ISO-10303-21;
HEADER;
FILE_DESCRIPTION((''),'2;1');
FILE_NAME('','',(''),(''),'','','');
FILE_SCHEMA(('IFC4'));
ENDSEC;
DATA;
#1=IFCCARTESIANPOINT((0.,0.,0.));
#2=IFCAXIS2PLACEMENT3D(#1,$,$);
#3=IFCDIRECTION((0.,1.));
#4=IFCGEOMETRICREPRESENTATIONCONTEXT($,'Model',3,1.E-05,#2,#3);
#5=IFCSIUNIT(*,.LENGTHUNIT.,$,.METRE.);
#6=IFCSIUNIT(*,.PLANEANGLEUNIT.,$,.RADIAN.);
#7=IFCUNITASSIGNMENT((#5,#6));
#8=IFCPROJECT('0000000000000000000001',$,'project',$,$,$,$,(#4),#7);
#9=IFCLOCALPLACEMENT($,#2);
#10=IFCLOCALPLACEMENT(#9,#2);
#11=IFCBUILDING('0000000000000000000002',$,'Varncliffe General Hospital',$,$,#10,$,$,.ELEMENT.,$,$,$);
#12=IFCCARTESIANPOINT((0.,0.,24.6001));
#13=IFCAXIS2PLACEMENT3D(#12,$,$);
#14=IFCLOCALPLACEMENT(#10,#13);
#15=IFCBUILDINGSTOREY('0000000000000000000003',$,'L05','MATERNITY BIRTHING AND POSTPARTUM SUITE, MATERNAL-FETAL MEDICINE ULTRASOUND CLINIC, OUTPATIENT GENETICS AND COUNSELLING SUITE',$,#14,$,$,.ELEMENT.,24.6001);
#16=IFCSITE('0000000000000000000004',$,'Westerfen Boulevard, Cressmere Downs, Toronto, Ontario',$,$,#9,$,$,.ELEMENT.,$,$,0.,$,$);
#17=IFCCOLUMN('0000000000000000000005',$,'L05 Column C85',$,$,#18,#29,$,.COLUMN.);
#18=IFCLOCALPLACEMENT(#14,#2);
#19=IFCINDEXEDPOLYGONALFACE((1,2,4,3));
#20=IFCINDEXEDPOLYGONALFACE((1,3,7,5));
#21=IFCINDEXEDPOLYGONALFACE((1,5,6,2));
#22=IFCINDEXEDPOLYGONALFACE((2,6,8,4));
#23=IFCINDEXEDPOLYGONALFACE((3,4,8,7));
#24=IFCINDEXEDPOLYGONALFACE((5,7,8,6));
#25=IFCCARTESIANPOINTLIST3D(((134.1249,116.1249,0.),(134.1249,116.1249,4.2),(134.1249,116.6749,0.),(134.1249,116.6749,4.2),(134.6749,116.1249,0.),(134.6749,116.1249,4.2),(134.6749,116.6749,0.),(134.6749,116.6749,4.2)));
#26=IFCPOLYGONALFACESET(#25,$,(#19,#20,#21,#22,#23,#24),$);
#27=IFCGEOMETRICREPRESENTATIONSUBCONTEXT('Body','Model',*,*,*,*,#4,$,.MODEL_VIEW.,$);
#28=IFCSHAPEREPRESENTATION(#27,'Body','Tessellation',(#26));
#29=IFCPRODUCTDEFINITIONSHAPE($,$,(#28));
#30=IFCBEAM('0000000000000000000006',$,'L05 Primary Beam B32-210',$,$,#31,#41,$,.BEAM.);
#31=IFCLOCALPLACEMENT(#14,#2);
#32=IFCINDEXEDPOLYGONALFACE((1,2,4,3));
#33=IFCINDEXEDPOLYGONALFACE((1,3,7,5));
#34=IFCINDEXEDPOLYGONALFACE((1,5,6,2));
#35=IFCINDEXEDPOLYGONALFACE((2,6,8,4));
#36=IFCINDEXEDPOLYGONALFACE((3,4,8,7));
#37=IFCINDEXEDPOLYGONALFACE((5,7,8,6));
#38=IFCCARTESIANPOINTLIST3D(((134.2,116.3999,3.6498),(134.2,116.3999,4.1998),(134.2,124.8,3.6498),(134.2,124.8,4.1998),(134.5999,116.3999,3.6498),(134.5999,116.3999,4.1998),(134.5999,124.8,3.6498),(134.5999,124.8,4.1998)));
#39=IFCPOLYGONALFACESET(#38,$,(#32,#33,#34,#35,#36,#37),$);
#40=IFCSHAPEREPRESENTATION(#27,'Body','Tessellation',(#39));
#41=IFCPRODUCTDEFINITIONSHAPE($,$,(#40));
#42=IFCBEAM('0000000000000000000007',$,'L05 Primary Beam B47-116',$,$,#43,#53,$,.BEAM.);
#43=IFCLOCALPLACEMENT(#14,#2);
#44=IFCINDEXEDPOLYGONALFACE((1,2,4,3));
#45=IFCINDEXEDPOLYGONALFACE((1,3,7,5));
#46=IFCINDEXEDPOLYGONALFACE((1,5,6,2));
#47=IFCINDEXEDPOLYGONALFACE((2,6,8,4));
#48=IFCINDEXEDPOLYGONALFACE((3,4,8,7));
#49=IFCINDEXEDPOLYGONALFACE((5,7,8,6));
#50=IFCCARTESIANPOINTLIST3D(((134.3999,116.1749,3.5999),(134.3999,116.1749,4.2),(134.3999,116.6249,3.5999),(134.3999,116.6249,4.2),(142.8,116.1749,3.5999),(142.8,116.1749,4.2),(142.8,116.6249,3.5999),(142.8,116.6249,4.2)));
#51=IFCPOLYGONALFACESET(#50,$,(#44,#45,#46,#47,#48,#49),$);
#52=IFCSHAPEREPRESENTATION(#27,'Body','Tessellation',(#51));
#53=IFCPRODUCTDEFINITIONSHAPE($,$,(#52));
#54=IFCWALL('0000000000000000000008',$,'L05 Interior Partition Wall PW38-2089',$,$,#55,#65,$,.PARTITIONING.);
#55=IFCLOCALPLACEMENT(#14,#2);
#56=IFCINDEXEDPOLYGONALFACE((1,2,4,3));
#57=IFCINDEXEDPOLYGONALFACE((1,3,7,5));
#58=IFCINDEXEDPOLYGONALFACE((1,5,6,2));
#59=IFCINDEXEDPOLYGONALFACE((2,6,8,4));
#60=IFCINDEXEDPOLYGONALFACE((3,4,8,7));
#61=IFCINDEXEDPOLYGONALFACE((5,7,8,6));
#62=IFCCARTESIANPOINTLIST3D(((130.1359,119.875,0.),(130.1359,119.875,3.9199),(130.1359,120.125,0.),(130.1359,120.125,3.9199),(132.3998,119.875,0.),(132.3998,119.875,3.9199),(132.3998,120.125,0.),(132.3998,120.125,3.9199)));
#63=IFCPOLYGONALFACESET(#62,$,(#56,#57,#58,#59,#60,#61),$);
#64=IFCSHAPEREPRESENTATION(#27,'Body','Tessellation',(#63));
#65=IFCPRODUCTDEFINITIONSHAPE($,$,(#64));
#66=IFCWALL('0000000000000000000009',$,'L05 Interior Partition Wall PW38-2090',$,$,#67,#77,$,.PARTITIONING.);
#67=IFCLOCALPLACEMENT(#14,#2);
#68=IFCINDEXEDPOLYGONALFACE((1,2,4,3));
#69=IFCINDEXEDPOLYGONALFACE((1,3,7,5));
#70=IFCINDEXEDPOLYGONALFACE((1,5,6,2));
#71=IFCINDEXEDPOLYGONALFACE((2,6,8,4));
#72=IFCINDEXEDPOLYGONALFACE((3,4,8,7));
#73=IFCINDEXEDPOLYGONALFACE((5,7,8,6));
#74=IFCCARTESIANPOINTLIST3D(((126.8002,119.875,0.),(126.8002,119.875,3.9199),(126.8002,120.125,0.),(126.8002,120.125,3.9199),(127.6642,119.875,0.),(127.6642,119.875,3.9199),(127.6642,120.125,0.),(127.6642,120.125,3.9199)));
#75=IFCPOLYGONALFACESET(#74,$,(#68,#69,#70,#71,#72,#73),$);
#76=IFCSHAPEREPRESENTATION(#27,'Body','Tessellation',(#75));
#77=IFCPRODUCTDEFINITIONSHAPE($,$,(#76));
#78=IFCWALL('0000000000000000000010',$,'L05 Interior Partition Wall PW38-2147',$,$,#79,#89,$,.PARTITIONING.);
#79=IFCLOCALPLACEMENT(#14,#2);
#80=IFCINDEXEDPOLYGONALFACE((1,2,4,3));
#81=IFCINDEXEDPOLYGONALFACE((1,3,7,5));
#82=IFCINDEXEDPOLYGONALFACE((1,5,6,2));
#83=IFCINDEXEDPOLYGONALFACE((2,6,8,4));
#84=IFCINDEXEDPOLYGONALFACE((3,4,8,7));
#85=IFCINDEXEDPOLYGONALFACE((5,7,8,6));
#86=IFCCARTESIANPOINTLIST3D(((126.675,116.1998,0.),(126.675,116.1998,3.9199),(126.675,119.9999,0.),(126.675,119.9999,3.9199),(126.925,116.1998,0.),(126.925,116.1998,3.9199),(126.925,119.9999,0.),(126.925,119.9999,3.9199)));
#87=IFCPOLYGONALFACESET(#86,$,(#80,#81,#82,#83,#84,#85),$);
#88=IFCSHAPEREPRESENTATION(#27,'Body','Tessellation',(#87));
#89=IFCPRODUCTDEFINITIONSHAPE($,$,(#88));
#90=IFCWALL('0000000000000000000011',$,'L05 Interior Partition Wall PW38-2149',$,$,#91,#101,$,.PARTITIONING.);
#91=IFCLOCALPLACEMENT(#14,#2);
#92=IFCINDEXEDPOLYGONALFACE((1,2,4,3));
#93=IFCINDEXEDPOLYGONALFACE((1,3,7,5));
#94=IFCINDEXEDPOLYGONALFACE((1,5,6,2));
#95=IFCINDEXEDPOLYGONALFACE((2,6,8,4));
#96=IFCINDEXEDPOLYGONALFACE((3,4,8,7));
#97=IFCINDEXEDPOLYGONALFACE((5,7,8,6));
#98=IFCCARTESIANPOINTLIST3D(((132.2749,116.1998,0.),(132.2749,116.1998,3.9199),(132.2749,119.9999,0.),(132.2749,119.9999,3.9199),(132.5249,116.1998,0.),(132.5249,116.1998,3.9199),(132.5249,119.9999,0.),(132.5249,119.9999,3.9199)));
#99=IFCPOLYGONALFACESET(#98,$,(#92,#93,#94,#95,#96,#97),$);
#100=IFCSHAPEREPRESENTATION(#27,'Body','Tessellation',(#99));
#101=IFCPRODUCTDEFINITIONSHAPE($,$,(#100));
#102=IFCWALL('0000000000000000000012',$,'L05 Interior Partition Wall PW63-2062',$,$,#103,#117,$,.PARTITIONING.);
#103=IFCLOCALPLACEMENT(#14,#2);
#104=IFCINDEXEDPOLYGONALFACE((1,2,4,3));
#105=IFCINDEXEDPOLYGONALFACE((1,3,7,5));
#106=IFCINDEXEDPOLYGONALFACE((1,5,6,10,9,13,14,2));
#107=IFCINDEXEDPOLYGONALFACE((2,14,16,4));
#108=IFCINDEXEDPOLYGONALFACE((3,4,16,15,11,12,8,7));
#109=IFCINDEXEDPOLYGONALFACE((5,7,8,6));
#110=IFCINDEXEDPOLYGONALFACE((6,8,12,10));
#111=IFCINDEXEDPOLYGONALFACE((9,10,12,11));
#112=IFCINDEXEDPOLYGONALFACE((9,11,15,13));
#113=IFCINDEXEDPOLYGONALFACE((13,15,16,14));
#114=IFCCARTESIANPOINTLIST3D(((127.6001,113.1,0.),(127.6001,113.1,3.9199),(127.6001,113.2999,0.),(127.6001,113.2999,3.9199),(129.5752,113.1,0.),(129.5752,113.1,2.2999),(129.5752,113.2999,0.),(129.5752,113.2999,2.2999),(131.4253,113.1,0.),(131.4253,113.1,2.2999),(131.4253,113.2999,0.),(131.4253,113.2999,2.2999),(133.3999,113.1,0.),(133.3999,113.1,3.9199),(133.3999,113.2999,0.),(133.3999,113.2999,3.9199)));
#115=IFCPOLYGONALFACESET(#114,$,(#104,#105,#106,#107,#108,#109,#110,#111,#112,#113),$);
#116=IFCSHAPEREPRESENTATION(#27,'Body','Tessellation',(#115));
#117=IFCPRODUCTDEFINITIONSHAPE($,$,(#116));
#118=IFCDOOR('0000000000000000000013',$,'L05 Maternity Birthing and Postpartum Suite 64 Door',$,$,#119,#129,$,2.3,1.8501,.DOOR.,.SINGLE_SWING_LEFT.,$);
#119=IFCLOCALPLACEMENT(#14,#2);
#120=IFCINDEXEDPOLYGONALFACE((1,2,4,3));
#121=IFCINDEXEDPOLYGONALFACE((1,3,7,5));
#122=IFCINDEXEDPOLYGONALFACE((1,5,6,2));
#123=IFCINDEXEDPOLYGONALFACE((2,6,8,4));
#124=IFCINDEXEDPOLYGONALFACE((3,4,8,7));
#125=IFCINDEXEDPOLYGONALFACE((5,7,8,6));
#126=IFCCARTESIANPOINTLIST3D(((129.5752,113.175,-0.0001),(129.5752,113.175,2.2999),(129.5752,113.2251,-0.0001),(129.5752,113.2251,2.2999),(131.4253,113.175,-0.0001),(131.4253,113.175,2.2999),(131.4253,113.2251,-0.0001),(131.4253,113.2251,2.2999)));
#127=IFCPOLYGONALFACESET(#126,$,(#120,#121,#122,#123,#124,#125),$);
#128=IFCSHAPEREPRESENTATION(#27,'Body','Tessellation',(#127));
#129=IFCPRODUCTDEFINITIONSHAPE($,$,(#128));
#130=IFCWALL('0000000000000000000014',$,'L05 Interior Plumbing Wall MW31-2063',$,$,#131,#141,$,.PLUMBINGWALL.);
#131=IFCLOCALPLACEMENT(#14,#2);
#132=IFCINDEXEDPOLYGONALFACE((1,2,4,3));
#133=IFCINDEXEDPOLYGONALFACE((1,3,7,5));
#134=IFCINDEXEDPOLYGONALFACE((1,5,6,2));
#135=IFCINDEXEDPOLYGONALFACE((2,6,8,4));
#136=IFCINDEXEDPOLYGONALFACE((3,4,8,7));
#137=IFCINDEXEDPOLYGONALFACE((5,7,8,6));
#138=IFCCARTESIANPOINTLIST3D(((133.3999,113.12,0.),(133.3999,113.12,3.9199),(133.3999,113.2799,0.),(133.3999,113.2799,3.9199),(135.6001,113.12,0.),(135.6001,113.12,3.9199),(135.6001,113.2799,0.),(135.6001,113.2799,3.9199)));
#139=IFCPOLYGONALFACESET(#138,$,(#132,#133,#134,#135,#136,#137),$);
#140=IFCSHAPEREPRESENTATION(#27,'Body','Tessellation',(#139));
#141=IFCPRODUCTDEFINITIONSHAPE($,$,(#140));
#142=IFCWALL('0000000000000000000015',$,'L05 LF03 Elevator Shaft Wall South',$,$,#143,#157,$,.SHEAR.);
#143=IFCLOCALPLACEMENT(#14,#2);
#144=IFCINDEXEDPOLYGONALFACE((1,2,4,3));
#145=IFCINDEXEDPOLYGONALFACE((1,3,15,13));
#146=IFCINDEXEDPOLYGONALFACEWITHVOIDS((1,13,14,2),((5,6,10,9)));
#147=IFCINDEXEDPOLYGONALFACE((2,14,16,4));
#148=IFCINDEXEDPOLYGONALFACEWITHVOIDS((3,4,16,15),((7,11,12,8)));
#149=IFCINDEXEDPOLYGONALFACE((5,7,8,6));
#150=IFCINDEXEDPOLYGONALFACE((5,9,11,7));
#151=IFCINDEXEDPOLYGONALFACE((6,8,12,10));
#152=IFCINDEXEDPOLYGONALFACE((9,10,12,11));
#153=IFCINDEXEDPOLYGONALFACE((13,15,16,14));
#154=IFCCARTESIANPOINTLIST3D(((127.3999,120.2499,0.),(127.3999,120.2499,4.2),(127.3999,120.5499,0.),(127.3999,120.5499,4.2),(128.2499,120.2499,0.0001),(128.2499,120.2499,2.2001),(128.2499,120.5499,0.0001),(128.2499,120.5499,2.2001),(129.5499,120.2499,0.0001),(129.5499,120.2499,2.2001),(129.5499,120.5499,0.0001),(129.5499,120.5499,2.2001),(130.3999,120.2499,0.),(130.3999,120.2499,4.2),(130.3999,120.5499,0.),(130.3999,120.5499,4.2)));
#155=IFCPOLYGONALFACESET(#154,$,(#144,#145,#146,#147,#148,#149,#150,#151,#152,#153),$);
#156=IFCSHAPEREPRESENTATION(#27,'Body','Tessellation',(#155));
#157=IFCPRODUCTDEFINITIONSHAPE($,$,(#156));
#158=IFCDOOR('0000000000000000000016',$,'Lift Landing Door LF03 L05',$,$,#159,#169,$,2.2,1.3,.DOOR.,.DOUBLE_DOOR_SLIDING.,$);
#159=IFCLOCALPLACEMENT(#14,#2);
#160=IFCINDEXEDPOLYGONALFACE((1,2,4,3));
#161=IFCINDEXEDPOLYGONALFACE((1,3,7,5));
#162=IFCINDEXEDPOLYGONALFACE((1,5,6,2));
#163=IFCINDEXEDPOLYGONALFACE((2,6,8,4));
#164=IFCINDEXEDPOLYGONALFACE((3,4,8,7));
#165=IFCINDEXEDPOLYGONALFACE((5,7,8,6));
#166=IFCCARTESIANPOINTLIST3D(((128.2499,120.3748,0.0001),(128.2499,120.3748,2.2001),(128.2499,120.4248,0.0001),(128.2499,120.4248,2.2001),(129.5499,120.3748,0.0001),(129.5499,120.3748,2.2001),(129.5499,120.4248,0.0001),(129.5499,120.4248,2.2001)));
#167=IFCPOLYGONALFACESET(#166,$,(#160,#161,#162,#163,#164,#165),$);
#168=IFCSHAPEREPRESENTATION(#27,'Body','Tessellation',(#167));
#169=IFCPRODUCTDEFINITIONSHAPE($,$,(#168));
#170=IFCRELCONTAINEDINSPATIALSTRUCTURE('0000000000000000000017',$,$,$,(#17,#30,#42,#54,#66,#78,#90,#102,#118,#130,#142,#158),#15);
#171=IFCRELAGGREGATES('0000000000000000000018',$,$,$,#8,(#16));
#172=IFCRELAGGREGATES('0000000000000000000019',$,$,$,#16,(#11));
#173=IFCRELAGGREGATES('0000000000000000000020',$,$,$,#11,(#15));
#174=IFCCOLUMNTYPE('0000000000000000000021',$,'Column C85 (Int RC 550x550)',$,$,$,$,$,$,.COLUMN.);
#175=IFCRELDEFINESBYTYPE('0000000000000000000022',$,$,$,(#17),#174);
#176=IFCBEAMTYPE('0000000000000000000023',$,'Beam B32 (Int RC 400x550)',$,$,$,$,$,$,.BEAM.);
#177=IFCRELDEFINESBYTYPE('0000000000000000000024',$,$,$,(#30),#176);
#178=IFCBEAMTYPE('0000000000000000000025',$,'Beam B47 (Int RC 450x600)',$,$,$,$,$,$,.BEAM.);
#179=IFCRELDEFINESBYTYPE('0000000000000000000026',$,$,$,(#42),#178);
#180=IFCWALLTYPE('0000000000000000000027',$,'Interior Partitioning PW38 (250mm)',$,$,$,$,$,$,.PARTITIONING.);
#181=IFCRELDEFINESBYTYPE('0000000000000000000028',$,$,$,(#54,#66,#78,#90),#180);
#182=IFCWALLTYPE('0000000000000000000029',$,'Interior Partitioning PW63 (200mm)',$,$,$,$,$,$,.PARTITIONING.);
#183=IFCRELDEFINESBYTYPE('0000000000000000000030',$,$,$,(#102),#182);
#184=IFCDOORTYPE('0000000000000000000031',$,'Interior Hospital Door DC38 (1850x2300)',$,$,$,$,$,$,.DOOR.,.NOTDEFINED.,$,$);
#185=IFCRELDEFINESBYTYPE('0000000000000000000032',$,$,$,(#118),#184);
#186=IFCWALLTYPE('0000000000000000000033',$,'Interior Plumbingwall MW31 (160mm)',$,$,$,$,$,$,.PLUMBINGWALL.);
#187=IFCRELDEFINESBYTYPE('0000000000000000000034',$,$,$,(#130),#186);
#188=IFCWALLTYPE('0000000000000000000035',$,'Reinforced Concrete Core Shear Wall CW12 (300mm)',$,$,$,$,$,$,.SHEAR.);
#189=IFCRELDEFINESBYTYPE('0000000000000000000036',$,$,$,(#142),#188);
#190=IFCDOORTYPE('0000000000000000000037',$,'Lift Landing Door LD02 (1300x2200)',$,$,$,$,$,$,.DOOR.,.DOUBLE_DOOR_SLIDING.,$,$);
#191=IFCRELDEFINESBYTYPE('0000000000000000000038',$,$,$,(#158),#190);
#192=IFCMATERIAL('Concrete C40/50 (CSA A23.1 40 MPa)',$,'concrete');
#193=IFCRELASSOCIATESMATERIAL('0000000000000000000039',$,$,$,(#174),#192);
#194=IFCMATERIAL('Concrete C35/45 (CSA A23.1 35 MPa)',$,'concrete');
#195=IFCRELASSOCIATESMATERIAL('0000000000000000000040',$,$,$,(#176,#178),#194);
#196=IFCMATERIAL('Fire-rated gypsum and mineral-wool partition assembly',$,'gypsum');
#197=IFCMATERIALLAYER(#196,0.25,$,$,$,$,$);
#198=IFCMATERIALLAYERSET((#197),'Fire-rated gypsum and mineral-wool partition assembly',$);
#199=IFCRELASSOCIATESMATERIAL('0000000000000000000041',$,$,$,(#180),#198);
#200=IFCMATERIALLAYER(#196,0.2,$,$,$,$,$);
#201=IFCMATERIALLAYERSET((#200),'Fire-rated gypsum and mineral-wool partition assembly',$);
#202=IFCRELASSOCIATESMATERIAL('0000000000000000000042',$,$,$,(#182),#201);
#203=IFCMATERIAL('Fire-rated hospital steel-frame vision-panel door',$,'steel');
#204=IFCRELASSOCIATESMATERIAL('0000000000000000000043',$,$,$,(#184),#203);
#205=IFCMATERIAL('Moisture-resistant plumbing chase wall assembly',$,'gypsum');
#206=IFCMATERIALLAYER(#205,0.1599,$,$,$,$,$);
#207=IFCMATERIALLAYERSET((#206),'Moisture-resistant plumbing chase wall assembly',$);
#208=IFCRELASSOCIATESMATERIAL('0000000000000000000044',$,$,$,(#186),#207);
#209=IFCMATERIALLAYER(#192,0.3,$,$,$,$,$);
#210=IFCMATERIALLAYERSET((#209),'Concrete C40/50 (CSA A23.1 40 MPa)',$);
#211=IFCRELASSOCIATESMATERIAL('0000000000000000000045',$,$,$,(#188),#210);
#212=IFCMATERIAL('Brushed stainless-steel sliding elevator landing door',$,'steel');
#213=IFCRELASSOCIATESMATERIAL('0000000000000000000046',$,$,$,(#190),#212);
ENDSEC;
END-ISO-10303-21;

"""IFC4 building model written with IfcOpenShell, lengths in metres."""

from ifc_helpers import new_model, si_unit, direction, frame, frame_2d, origin, origin_2d, place, context, subcontext, project, spatial, rectangle, extrude, material, layer, layer_set, material_profile, profile_set, type_object, element, fill, save


model = new_model("IFC4")

# Units and contexts
model_context = context("Model", 3, precision=1e-05, world=origin(), true_north=direction((0.0, 1.0)))
body_context = subcontext(model_context, "Body", "Model", "MODEL_VIEW")
ifc_project = project(units=[si_unit("LENGTHUNIT", "METRE"), si_unit("PLANEANGLEUNIT", "RADIAN")], contexts=[model_context])

# Site, building, storey
site_placement = place(None, origin())
site = spatial("IfcSite", under=ifc_project, at=site_placement, Name="Westerfen Boulevard, Cressmere Downs, Toronto, Ontario", CompositionType="ELEMENT", RefElevation=0.0)
building_placement = place(site_placement, origin())
building = spatial("IfcBuilding", under=site, at=building_placement, Name="Varncliffe General Hospital", CompositionType="ELEMENT")
storey_placement = place(building_placement, frame((0.0, 0.0, 24.6001)))
storey = spatial("IfcBuildingStorey", under=building, at=storey_placement, Name="L05", Description="MATERNITY BIRTHING AND POSTPARTUM SUITE, MATERNAL-FETAL MEDICINE ULTRASOUND CLINIC, OUTPATIENT GENETICS AND COUNSELLING SUITE", CompositionType="ELEMENT", Elevation=24.6001)

# Column
ifc_material_1 = material(Name="Concrete C40/50 (CSA A23.1 40 MPa)", Category="concrete")
ifc_material_profile_1 = material_profile(ifc_material_1, rectangle(XDim=0.55, YDim=0.55, at=origin_2d()), Name="RC 550x550")
ifc_profile_set_1 = profile_set([ifc_material_profile_1], Name="Concrete C40/50 (CSA A23.1 40 MPa)")
column_type = type_object("IfcColumnType", Name="Column C85 (Int RC 550x550)", PredefinedType="COLUMN", material=ifc_profile_set_1)
column_placement = place(storey_placement, frame((134.3999, 116.3999, 0.0), z_axis=(0.0, 0.0, 1.0), x_axis=(1.0, 0.0, 0.0)))
element("IfcColumn", 1, at=column_placement, inside=storey, type_object=column_type, Name="L05 Column C85", PredefinedType="COLUMN", context=body_context, shape_type="SweptSolid", body=[
    extrude(rectangle(XDim=0.55, YDim=0.55, at=origin_2d()), origin(), (0.0, 0.0, 1.0), 4.2),
])

# Beams
ifc_material_2 = material(Name="Concrete C35/45 (CSA A23.1 35 MPa)", Category="concrete")
ifc_material_profile_2 = material_profile(ifc_material_2, rectangle(XDim=0.3999, YDim=0.55, at=origin_2d()), Name="RC 400x550")
ifc_profile_set_2 = profile_set([ifc_material_profile_2], Name="Concrete C35/45 (CSA A23.1 35 MPa)")
beam_type_1 = type_object("IfcBeamType", Name="Beam B32 (Int RC 400x550)", PredefinedType="BEAM", material=ifc_profile_set_2)
beam_1_placement = place(storey_placement, frame((134.3999, 116.3999, 3.9248), z_axis=(0.0, 1.0, 0.0), x_axis=(-1.0, 0.0, 0.0)))
element("IfcBeam", 2, at=beam_1_placement, inside=storey, type_object=beam_type_1, Name="L05 Primary Beam B32-210", PredefinedType="BEAM", context=body_context, shape_type="SweptSolid", body=[
    extrude(rectangle(XDim=0.3999, YDim=0.55, at=origin_2d()), origin(), (0.0, 0.0, 1.0), 8.4001),
])
ifc_material_profile_3 = material_profile(ifc_material_2, rectangle(XDim=0.45, YDim=0.6001, at=origin_2d()), Name="RC 450x600")
ifc_profile_set_3 = profile_set([ifc_material_profile_3], Name="Concrete C35/45 (CSA A23.1 35 MPa)")
beam_type_2 = type_object("IfcBeamType", Name="Beam B47 (Int RC 450x600)", PredefinedType="BEAM", material=ifc_profile_set_3)
beam_2_placement = place(storey_placement, frame((134.3999, 116.3999, 3.8999), z_axis=(1.0, 0.0, 0.0), x_axis=(0.0, 1.0, 0.0)))
element("IfcBeam", 3, at=beam_2_placement, inside=storey, type_object=beam_type_2, Name="L05 Primary Beam B47-116", PredefinedType="BEAM", context=body_context, shape_type="SweptSolid", body=[
    extrude(rectangle(XDim=0.45, YDim=0.6001, at=origin_2d()), origin(), (0.0, 0.0, 1.0), 8.4001),
])

# Walls
ifc_material_3 = material(Name="Fire-rated gypsum and mineral-wool partition assembly", Category="gypsum")
ifc_layer_1 = layer(ifc_material_3, 0.25)
ifc_layer_set_1 = layer_set([ifc_layer_1], Name="Fire-rated gypsum and mineral-wool partition assembly")
wall_type_1 = type_object("IfcWallType", Name="Interior Partitioning PW38 (250mm)", PredefinedType="PARTITIONING", material=ifc_layer_set_1)
wall_1_placement = place(storey_placement, frame((130.136, 120.0, 0.0), z_axis=(0.0, 0.0, 1.0), x_axis=(1.0, 0.0, 0.0)))
element("IfcWall", 4, at=wall_1_placement, inside=storey, type_object=wall_type_1, Name="L05 Interior Partition Wall PW38-2089", PredefinedType="PARTITIONING", context=body_context, shape_type="SweptSolid", body=[
    extrude(rectangle(XDim=2.2639, YDim=0.25, at=frame_2d((1.1318, 0.0))), origin(), (0.0, 0.0, 1.0), 3.9199),
])
wall_2_placement = place(storey_placement, frame((126.8, 120.0, 0.0), z_axis=(0.0, 0.0, 1.0), x_axis=(1.0, 0.0, 0.0)))
element("IfcWall", 5, at=wall_2_placement, inside=storey, type_object=wall_type_1, Name="L05 Interior Partition Wall PW38-2090", PredefinedType="PARTITIONING", context=body_context, shape_type="SweptSolid", body=[
    extrude(rectangle(XDim=0.864, YDim=0.25, at=frame_2d((0.4321, 0.0))), origin(), (0.0, 0.0, 1.0), 3.9199),
])
for number, where, z_axis, x_axis, name in (
    (6, (126.8, 116.2, 0.0), (0.0, 0.0, 1.0), (0.0, 1.0, 0.0), "L05 Interior Partition Wall PW38-2147"),
    (7, (132.3999, 116.2, 0.0), (0.0, 0.0, 1.0), (0.0, 1.0, 0.0), "L05 Interior Partition Wall PW38-2149"),
):
    element("IfcWall", number, at=place(storey_placement, frame(where, z_axis=z_axis, x_axis=x_axis)), inside=storey, type_object=wall_type_1, Name=name, PredefinedType="PARTITIONING", context=body_context, shape_type="SweptSolid", body=[
        extrude(rectangle(XDim=3.8, YDim=0.25, at=frame_2d((1.8999, 0.0))), origin(), (0.0, 0.0, 1.0), 3.9199),
    ])

# Wall, opening, door
ifc_layer_2 = layer(ifc_material_3, 0.2)
ifc_layer_set_2 = layer_set([ifc_layer_2], Name="Fire-rated gypsum and mineral-wool partition assembly")
wall_type_2 = type_object("IfcWallType", Name="Interior Partitioning PW63 (200mm)", PredefinedType="PARTITIONING", material=ifc_layer_set_2)
wall_3_placement = place(storey_placement, frame((127.6001, 113.2, 0.0), z_axis=(0.0, 0.0, 1.0), x_axis=(1.0, 0.0, 0.0)))
wall_3 = element("IfcWall", 8, at=wall_3_placement, inside=storey, type_object=wall_type_2, Name="L05 Interior Partition Wall PW63-2062", PredefinedType="PARTITIONING", context=body_context, shape_type="SweptSolid", body=[
    extrude(rectangle(XDim=5.7998, YDim=0.2, at=frame_2d((2.8999, 0.0))), origin(), (0.0, 0.0, 1.0), 3.9199),
])
opening_1_placement = place(wall_3_placement, frame((1.9751, 0.0, 0.0)))
opening_1 = element("IfcOpeningElement", 9, at=opening_1_placement, cuts=wall_3, PredefinedType="OPENING", context=body_context, shape_type="SweptSolid", body=[
    extrude(rectangle(XDim=1.8501, YDim=2.3, at=frame_2d((0.925, 1.1499))), frame((0.0, 0.1099, 0.0), z_axis=(0.0, -1.0, 0.0), x_axis=(1.0, 0.0, 0.0)), (0.0, 0.0, 1.0), 0.22),
])
ifc_material_4 = material(Name="Fire-rated hospital steel-frame vision-panel door", Category="steel")
door_type_1 = type_object("IfcDoorType", Name="Interior Hospital Door DC38 (1850x2300)", OperationType="NOTDEFINED", PredefinedType="DOOR", material=ifc_material_4)
door_1_placement = place(opening_1_placement, frame((1.8501, 0.0, 0.0), z_axis=(0.0, 0.0, 1.0), x_axis=(-1.0, 0.0, 0.0)))
door_1 = element("IfcDoor", 10, at=door_1_placement, inside=storey, type_object=door_type_1, Name="L05 Maternity Birthing and Postpartum Suite 64 Door", OperationType="SINGLE_SWING_LEFT", OverallHeight=2.3, OverallWidth=1.8501, PredefinedType="DOOR", context=body_context, shape_type="SweptSolid", body=[
    extrude(rectangle(XDim=1.8501, YDim=2.3, at=frame_2d((0.925, 1.1499))), frame((0.0, 0.0249, 0.0), z_axis=(0.0, -1.0, 0.0), x_axis=(1.0, 0.0, 0.0)), (0.0, 0.0, 1.0), 0.05),
])
fill(opening_1, door_1)

# Wall
ifc_material_5 = material(Name="Moisture-resistant plumbing chase wall assembly", Category="gypsum")
ifc_layer_3 = layer(ifc_material_5, 0.1599)
ifc_layer_set_3 = layer_set([ifc_layer_3], Name="Moisture-resistant plumbing chase wall assembly")
wall_type_3 = type_object("IfcWallType", Name="Interior Plumbingwall MW31 (160mm)", PredefinedType="PLUMBINGWALL", material=ifc_layer_set_3)
wall_4_placement = place(storey_placement, frame((133.3999, 113.2, 0.0), z_axis=(0.0, 0.0, 1.0), x_axis=(1.0, 0.0, 0.0)))
element("IfcWall", 11, at=wall_4_placement, inside=storey, type_object=wall_type_3, Name="L05 Interior Plumbing Wall MW31-2063", PredefinedType="PLUMBINGWALL", context=body_context, shape_type="SweptSolid", body=[
    extrude(rectangle(XDim=2.2002, YDim=0.1599, at=frame_2d((1.1001, 0.0))), origin(), (0.0, 0.0, 1.0), 3.9199),
])

# Wall, opening, door
ifc_layer_4 = layer(ifc_material_1, 0.3)
ifc_layer_set_4 = layer_set([ifc_layer_4], Name="Concrete C40/50 (CSA A23.1 40 MPa)")
wall_type_4 = type_object("IfcWallType", Name="Reinforced Concrete Core Shear Wall CW12 (300mm)", PredefinedType="SHEAR", material=ifc_layer_set_4)
wall_5_placement = place(storey_placement, frame((127.3999, 120.3999, 0.0), z_axis=(0.0, 0.0, 1.0), x_axis=(1.0, 0.0, 0.0)))
wall_5 = element("IfcWall", 12, at=wall_5_placement, inside=storey, type_object=wall_type_4, Name="L05 LF03 Elevator Shaft Wall South", PredefinedType="SHEAR", context=body_context, shape_type="SweptSolid", body=[
    extrude(rectangle(XDim=3.0, YDim=0.3, at=frame_2d((1.5, 0.0))), origin(), (0.0, 0.0, 1.0), 4.2),
])
opening_2_placement = place(wall_5_placement, frame((0.8501, 0.0, 0.0)))
opening_2 = element("IfcOpeningElement", 13, at=opening_2_placement, cuts=wall_5, PredefinedType="OPENING", context=body_context, shape_type="SweptSolid", body=[
    extrude(rectangle(XDim=1.3, YDim=2.2, at=frame_2d((0.6499, 1.1001))), frame((0.0, 0.1602, 0.0), z_axis=(0.0, -1.0, 0.0), x_axis=(1.0, 0.0, 0.0)), (0.0, 0.0, 1.0), 0.3201),
])
ifc_material_6 = material(Name="Brushed stainless-steel sliding elevator landing door", Category="steel")
door_type_2 = type_object("IfcDoorType", Name="Lift Landing Door LD02 (1300x2200)", OperationType="DOUBLE_DOOR_SLIDING", PredefinedType="DOOR", material=ifc_material_6)
door_2_placement = place(opening_2_placement, origin())
door_2 = element("IfcDoor", 14, at=door_2_placement, inside=storey, type_object=door_type_2, Name="Lift Landing Door LF03 L05", OperationType="DOUBLE_DOOR_SLIDING", OverallHeight=2.2, OverallWidth=1.3, PredefinedType="DOOR", context=body_context, shape_type="SweptSolid", body=[
    extrude(rectangle(XDim=1.3, YDim=2.2, at=frame_2d((0.6499, 1.1001))), frame((0.0, 0.0249, 0.0), z_axis=(0.0, -1.0, 0.0), x_axis=(1.0, 0.0, 0.0)), (0.0, 0.0, 1.0), 0.05),
])
fill(opening_2, door_2)

save(model, "model.ifc")
